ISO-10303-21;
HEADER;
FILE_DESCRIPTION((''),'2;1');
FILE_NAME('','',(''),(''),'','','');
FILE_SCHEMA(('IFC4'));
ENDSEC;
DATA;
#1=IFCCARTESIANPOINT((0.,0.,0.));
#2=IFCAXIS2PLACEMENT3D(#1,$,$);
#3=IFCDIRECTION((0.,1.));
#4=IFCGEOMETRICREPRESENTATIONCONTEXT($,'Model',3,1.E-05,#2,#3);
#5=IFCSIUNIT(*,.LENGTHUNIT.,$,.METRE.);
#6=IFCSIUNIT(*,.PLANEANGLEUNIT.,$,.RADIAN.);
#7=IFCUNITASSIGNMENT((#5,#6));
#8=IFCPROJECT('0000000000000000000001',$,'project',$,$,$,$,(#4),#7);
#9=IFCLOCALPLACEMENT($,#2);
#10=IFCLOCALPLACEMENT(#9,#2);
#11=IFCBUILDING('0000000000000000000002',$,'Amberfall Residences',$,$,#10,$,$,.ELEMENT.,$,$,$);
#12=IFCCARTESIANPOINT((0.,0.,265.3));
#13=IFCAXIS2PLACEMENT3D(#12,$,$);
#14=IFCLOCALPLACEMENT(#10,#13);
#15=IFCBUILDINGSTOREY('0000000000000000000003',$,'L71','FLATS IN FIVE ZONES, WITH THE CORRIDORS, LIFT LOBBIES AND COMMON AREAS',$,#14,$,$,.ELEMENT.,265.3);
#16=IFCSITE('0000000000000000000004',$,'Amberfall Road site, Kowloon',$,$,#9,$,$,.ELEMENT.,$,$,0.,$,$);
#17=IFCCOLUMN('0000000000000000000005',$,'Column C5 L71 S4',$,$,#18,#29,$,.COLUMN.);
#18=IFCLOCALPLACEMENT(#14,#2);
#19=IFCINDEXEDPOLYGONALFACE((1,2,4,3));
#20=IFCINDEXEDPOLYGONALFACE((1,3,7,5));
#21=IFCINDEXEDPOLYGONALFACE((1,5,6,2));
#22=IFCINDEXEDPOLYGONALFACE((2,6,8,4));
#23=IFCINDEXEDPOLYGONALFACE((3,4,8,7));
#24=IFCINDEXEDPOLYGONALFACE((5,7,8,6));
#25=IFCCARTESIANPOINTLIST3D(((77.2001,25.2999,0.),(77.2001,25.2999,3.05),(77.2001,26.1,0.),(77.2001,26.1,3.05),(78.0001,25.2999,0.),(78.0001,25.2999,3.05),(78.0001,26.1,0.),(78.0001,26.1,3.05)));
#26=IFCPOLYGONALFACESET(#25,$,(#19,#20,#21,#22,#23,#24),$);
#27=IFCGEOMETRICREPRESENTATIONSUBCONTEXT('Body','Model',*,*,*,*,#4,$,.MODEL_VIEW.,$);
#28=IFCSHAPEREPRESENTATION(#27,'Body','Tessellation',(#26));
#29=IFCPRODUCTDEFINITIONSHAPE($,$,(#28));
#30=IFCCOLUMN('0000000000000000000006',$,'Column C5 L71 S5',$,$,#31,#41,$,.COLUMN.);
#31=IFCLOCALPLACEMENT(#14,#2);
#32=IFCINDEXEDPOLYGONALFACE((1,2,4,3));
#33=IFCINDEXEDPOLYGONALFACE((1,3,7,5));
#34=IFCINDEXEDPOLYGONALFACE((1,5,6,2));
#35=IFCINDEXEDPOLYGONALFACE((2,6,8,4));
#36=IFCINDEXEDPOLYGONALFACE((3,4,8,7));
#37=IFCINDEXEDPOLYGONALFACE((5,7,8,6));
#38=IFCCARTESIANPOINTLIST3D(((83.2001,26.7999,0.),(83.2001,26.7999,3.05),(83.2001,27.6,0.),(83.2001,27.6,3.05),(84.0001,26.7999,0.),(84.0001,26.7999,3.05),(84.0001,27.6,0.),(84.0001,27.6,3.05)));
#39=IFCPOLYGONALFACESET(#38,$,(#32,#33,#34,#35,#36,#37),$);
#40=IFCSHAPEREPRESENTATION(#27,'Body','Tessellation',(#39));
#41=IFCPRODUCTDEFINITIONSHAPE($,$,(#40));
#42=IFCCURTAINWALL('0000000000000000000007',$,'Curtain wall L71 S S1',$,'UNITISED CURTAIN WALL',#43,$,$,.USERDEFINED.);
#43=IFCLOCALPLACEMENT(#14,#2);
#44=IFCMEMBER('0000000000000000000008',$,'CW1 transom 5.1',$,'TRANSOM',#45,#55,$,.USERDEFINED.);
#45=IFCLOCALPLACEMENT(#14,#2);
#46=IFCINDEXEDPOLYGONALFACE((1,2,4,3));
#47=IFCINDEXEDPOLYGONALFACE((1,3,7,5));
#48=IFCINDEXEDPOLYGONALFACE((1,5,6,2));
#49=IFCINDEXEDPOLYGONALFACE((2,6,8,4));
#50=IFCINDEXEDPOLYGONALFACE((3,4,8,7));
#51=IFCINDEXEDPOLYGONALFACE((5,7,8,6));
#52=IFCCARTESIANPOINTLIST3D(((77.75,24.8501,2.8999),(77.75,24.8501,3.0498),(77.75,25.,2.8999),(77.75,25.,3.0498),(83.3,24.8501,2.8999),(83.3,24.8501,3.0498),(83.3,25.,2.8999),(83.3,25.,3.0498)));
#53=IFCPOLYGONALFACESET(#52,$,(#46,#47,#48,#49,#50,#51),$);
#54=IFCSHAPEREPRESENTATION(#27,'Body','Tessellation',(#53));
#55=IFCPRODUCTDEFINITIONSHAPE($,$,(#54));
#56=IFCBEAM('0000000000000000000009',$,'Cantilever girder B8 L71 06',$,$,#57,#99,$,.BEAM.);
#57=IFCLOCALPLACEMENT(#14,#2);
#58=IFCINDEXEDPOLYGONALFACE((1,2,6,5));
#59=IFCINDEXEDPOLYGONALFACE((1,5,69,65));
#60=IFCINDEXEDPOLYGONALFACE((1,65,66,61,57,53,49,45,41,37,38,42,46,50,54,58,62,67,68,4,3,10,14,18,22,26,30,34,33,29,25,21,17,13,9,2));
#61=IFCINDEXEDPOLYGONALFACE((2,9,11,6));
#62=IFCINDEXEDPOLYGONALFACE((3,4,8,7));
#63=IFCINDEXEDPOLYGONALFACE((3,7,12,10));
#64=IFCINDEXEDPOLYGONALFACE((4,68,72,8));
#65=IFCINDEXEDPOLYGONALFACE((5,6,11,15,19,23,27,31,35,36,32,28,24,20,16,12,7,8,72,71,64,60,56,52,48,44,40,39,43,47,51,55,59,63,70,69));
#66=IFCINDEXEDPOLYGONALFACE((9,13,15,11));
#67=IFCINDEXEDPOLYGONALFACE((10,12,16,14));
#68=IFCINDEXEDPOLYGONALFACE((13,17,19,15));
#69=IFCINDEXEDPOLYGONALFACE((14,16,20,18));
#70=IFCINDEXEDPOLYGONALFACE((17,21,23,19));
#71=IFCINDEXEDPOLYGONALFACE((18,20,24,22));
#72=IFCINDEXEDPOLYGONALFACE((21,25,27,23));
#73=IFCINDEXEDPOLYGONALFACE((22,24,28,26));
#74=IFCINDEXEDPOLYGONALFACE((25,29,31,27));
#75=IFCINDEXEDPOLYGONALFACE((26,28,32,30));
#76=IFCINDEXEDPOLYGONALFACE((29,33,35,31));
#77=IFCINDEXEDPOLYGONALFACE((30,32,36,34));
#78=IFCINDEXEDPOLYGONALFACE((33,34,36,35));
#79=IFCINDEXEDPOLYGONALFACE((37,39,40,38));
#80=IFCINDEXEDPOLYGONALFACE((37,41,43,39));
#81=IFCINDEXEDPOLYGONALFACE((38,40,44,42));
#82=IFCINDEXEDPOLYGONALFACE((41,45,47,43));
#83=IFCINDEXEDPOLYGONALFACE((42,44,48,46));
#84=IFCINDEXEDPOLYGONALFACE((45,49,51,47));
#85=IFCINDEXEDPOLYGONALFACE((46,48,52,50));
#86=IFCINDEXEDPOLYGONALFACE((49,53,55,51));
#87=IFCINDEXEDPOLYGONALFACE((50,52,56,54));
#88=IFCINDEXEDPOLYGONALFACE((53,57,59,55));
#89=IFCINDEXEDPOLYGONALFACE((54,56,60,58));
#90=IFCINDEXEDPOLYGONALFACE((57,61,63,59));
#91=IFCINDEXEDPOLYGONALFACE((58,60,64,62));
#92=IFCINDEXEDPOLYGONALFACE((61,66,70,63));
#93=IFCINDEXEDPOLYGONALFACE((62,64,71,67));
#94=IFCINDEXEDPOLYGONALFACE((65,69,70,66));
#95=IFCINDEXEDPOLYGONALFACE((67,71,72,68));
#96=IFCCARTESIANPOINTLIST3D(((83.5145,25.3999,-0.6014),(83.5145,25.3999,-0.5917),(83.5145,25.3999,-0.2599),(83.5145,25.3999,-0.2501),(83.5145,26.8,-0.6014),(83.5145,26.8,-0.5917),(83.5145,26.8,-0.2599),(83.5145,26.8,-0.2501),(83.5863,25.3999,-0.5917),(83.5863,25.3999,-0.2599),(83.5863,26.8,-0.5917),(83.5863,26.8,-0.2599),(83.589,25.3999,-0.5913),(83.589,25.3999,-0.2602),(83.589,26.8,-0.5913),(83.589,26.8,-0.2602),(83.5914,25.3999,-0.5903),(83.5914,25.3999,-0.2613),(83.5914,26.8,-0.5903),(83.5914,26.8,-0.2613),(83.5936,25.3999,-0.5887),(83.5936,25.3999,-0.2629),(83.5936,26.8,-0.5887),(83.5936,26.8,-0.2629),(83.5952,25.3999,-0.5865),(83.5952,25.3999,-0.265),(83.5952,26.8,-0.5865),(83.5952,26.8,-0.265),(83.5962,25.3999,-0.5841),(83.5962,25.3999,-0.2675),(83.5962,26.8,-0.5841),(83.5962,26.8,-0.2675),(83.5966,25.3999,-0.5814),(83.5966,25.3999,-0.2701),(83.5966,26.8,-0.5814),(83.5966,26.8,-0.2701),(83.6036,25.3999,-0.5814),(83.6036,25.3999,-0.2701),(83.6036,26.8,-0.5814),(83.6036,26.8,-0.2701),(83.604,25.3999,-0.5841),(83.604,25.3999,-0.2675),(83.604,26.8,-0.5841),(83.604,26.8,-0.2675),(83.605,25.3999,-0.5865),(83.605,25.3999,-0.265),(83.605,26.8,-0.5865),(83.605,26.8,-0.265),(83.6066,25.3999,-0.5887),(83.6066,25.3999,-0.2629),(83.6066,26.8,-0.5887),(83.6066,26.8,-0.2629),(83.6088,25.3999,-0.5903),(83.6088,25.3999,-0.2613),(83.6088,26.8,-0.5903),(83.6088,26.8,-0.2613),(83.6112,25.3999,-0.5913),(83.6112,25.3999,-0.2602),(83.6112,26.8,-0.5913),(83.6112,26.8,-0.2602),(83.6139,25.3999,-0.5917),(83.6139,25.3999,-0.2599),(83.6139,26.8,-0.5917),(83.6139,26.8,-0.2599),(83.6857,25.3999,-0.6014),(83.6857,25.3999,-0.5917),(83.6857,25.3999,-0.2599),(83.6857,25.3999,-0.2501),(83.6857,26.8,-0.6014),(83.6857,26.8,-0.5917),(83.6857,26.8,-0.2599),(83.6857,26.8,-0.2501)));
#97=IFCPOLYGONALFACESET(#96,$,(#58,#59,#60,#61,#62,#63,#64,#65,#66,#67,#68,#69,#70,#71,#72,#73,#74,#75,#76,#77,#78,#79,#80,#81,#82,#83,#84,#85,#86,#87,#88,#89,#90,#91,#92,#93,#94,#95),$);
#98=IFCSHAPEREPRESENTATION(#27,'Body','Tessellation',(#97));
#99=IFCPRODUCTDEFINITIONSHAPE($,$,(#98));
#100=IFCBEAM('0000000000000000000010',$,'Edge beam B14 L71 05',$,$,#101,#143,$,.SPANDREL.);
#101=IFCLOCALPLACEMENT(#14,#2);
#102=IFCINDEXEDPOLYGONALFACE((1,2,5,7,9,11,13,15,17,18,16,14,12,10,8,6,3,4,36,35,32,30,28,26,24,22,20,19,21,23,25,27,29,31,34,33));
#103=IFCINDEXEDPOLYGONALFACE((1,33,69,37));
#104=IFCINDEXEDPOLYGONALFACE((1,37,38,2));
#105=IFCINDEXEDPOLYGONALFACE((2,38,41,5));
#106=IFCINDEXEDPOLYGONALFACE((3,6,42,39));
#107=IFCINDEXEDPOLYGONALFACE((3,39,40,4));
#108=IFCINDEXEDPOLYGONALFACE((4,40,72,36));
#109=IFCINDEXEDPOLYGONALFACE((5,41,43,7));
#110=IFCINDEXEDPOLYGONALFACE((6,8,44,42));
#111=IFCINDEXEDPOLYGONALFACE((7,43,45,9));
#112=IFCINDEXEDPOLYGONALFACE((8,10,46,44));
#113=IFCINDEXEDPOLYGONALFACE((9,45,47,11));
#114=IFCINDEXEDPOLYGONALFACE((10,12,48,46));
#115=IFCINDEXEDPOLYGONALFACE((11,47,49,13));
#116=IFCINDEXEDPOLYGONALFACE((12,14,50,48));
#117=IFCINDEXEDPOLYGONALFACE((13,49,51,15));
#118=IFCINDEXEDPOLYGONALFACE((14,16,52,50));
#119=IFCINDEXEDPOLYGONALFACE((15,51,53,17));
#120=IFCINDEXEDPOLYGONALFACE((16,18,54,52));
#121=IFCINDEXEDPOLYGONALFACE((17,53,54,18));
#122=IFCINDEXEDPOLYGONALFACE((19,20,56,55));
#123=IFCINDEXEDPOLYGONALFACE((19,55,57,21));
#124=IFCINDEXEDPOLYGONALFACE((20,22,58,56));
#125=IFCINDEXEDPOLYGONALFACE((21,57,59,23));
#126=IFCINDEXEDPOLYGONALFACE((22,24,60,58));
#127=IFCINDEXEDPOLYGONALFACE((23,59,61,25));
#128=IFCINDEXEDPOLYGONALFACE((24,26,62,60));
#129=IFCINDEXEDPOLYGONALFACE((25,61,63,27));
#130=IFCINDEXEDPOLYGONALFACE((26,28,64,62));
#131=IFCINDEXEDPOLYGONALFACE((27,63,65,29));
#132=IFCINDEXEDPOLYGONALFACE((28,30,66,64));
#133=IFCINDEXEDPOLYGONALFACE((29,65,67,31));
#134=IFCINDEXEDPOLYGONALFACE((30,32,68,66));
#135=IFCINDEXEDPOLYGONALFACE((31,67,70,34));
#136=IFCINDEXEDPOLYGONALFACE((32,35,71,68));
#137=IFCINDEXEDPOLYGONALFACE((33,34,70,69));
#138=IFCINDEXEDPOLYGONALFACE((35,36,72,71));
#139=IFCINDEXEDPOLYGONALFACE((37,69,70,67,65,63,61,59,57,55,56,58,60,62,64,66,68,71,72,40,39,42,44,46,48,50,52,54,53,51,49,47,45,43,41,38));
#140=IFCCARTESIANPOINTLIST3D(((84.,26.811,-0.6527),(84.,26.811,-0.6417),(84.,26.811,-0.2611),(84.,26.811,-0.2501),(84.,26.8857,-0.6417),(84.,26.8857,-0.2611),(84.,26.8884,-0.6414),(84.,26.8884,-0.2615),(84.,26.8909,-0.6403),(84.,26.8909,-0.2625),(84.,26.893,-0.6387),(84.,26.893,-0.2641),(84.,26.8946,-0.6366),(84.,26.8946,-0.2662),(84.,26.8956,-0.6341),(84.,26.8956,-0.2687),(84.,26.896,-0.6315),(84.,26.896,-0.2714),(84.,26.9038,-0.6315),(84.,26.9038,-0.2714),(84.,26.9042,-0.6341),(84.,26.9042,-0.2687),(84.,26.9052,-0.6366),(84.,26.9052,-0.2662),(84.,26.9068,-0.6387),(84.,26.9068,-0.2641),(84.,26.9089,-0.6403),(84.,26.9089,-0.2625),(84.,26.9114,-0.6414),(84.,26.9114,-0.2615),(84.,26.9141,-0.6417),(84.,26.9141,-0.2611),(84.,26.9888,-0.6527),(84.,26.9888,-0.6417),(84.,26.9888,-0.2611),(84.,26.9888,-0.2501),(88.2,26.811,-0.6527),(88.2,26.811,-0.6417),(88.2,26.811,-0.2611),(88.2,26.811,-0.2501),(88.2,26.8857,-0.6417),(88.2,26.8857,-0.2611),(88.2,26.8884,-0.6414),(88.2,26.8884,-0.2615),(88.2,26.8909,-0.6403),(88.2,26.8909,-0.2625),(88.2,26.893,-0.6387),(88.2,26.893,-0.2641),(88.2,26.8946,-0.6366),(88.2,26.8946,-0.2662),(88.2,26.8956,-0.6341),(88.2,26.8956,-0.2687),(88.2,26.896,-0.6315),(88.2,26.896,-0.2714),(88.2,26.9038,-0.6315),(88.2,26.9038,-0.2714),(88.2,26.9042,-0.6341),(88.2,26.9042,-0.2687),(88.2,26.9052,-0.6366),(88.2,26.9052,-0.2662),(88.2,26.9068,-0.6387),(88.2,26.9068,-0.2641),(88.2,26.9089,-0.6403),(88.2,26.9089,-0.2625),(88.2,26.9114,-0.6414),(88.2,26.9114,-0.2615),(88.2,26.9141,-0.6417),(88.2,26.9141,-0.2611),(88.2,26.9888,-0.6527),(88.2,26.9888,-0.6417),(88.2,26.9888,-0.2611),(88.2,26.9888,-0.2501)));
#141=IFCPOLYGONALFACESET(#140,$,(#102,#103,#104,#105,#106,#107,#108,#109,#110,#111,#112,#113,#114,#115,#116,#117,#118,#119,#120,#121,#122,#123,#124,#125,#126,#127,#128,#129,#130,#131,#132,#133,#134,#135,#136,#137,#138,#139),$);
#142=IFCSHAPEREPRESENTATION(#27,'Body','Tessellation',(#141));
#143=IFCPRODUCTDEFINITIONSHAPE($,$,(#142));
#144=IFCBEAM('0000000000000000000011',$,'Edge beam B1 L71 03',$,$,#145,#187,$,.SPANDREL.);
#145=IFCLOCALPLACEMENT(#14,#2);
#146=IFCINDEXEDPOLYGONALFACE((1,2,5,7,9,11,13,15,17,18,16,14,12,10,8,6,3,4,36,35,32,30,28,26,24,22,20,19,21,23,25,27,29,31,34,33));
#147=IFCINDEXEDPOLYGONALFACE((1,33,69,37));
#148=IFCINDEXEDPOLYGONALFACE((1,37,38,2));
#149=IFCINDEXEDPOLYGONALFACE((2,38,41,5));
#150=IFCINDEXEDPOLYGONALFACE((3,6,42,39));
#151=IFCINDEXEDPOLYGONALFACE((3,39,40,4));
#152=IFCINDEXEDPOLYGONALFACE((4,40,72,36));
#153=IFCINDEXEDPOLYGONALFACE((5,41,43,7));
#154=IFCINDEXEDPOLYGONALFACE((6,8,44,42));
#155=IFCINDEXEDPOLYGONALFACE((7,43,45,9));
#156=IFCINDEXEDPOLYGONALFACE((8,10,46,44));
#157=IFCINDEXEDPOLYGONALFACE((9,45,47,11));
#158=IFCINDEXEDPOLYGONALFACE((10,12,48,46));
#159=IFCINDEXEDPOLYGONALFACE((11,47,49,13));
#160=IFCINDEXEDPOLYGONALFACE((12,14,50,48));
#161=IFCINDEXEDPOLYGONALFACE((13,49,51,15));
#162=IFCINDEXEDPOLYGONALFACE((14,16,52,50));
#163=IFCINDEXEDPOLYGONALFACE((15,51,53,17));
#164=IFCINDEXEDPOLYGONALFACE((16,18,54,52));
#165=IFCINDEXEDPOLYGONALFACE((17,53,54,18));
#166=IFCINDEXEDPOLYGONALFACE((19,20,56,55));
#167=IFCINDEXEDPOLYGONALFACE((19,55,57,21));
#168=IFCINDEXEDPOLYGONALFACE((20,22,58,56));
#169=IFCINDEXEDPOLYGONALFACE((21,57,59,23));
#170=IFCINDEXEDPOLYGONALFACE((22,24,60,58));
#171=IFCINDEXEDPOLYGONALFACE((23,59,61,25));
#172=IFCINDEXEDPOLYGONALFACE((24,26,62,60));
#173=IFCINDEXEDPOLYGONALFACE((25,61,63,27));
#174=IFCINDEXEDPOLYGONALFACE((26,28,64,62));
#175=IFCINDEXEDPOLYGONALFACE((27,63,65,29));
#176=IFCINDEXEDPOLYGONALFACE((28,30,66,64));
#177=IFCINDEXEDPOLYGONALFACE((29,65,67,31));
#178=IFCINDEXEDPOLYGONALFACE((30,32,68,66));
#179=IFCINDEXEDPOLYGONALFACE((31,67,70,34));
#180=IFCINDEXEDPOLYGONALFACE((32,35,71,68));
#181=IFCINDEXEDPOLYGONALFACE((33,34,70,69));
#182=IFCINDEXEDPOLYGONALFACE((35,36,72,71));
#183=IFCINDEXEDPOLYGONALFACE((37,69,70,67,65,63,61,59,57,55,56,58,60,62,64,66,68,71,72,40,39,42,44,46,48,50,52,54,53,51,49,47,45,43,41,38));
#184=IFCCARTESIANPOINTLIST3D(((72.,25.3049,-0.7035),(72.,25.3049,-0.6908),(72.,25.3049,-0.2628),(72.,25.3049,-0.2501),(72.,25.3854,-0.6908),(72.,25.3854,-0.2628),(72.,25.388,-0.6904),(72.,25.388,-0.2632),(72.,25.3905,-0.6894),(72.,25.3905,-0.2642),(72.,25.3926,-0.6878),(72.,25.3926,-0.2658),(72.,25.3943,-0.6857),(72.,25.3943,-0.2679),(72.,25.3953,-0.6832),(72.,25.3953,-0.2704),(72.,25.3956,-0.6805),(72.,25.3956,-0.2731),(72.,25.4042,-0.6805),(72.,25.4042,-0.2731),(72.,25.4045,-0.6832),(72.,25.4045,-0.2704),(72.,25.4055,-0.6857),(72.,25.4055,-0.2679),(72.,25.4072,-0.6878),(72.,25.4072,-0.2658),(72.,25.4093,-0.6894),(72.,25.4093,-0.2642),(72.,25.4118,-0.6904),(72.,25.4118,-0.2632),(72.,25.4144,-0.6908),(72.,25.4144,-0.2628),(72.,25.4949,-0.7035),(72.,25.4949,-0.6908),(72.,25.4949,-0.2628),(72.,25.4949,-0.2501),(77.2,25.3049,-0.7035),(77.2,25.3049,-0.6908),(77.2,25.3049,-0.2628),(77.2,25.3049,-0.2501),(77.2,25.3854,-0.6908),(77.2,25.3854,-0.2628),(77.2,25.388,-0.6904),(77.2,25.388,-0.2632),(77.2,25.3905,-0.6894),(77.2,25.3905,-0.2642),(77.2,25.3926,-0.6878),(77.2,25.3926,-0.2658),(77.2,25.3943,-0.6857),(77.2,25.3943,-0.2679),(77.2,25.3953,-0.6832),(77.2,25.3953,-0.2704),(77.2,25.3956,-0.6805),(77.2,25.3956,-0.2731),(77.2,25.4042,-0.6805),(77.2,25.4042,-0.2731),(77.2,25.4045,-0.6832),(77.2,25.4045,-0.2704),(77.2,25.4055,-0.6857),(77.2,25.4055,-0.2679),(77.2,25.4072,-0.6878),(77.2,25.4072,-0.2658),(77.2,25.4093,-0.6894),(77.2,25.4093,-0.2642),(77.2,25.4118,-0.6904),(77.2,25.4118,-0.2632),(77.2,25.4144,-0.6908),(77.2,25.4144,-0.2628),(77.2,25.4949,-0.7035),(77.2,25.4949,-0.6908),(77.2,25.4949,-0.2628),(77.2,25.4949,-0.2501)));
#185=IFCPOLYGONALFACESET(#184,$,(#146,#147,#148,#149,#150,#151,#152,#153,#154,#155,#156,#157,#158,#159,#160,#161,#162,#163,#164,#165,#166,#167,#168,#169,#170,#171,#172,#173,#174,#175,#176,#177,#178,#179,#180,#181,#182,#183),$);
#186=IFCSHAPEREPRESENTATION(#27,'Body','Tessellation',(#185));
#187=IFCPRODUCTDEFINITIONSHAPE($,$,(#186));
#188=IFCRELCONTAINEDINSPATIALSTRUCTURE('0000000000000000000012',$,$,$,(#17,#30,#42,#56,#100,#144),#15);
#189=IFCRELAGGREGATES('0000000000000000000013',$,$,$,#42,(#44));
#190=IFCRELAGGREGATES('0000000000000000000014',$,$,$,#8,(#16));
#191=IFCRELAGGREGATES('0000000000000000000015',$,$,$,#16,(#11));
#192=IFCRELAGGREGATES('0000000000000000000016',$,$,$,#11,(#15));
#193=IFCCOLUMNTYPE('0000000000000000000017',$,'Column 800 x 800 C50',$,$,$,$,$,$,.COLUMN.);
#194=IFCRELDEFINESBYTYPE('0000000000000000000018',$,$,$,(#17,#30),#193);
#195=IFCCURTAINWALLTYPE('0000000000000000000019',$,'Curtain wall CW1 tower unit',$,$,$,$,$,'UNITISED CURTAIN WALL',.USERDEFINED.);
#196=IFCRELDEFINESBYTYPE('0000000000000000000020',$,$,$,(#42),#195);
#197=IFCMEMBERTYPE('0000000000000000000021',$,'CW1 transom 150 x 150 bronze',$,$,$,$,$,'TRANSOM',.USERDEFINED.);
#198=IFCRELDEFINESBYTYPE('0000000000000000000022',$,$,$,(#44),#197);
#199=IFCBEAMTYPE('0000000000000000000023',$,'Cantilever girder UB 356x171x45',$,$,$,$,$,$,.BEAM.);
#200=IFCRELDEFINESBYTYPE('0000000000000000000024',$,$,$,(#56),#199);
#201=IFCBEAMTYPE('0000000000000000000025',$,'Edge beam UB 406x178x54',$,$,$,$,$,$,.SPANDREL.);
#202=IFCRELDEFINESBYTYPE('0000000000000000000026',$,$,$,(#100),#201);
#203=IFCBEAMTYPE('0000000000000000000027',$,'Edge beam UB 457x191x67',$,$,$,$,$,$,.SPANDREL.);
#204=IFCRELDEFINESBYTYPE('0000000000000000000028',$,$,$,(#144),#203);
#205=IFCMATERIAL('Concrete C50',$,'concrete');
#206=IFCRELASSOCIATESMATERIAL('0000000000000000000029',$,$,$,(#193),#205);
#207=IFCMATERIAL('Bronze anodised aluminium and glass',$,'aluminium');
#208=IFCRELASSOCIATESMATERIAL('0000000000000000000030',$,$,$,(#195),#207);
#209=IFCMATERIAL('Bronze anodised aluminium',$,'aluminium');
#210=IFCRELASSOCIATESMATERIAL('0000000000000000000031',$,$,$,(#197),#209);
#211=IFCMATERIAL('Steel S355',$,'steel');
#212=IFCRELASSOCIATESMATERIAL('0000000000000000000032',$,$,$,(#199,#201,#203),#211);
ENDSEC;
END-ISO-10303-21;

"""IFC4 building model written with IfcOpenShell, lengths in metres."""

from ifc_helpers import new_model, si_unit, direction, frame, origin, origin_2d, place, context, subcontext, project, spatial, rectangle, i_section, extrude, material, material_profile, profile_set, type_object, element, aggregate, save


model = new_model("IFC4")

# Units and contexts
model_context = context("Model", 3, precision=1e-05, world=origin(), true_north=direction((0.0, 1.0)))
body_context = subcontext(model_context, "Body", "Model", "MODEL_VIEW")
ifc_project = project(units=[si_unit("LENGTHUNIT", "METRE"), si_unit("PLANEANGLEUNIT", "RADIAN")], contexts=[model_context])

# Site, building, storey
site_placement = place(None, origin())
site = spatial("IfcSite", under=ifc_project, at=site_placement, Name="Amberfall Road site, Kowloon", CompositionType="ELEMENT", RefElevation=0.0)
building_placement = place(site_placement, origin())
building = spatial("IfcBuilding", under=site, at=building_placement, Name="Amberfall Residences", CompositionType="ELEMENT")
storey_placement = place(building_placement, frame((0.0, 0.0, 265.3)))
storey = spatial("IfcBuildingStorey", under=building, at=storey_placement, Name="L71", Description="FLATS IN FIVE ZONES, WITH THE CORRIDORS, LIFT LOBBIES AND COMMON AREAS", CompositionType="ELEMENT", Elevation=265.3)

# Columns
ifc_material_1 = material(Name="Concrete C50", Category="concrete")
ifc_material_profile_1 = material_profile(ifc_material_1, rectangle(XDim=0.8, YDim=0.8, at=origin_2d()), Name="Column 800 x 800 C50")
ifc_profile_set_1 = profile_set([ifc_material_profile_1], Name="Concrete C50")
column_type = type_object("IfcColumnType", Name="Column 800 x 800 C50", PredefinedType="COLUMN", material=ifc_profile_set_1)
for number, where, z_axis, x_axis, name in (
    (1, (77.6001, 25.7, 0.0), (0.0, 0.0, 1.0), (1.0, 0.0, 0.0), "Column C5 L71 S4"),
    (2, (83.6001, 27.2, 0.0), (0.0, 0.0, 1.0), (1.0, 0.0, 0.0), "Column C5 L71 S5"),
):
    element("IfcColumn", number, at=place(storey_placement, frame(where, z_axis=z_axis, x_axis=x_axis)), inside=storey, type_object=column_type, Name=name, PredefinedType="COLUMN", context=body_context, shape_type="SweptSolid", body=[
        extrude(rectangle(XDim=0.8, YDim=0.8, at=origin_2d()), origin(), (0.0, 0.0, 1.0), 3.05),
    ])

# Curtain wall, member
ifc_material_2 = material(Name="Bronze anodised aluminium and glass", Category="aluminium")
curtain_wall_type = type_object("IfcCurtainWallType", Name="Curtain wall CW1 tower unit", ElementType="UNITISED CURTAIN WALL", PredefinedType="USERDEFINED", material=ifc_material_2)
curtain_wall_placement = place(storey_placement, origin())
curtain_wall = element("IfcCurtainWall", 3, at=curtain_wall_placement, inside=storey, type_object=curtain_wall_type, Name="Curtain wall L71 S S1", ObjectType="UNITISED CURTAIN WALL", PredefinedType="USERDEFINED")
ifc_material_3 = material(Name="Bronze anodised aluminium", Category="aluminium")
ifc_material_profile_2 = material_profile(ifc_material_3, rectangle(XDim=0.1499, YDim=0.1499, at=origin_2d()), Name="CW1 transom 150 x 150 bronze")
ifc_profile_set_2 = profile_set([ifc_material_profile_2], Name="Bronze anodised aluminium")
member_type_1 = type_object("IfcMemberType", Name="CW1 transom 150 x 150 bronze", ElementType="TRANSOM", PredefinedType="USERDEFINED", material=ifc_profile_set_2)
member_1_placement = place(storey_placement, frame((77.75, 24.925, 2.9749), z_axis=(1.0, 0.0, 0.0), x_axis=(0.0, 1.0, 0.0)))
member_1 = element("IfcMember", 4, at=member_1_placement, type_object=member_type_1, Name="CW1 transom 5.1", ObjectType="TRANSOM", PredefinedType="USERDEFINED", context=body_context, shape_type="SweptSolid", body=[
    extrude(rectangle(XDim=0.1499, YDim=0.1499, at=origin_2d()), origin(), (0.0, 0.0, 1.0), 5.55),
])

# Beams
ifc_material_4 = material(Name="Steel S355", Category="steel")
ifc_material_profile_3 = material_profile(ifc_material_4, i_section(OverallWidth=0.1711, OverallDepth=0.3513, WebThickness=0.0071, FlangeThickness=0.0098, FilletRadius=0.0103, at=origin_2d()), Name="UB 356x171x45")
ifc_profile_set_3 = profile_set([ifc_material_profile_3], Name="Steel S355")
beam_type_1 = type_object("IfcBeamType", Name="Cantilever girder UB 356x171x45", PredefinedType="BEAM", material=ifc_profile_set_3)
beam_1_placement = place(storey_placement, frame((83.6001, 26.8, -0.4258), z_axis=(0.0, -1.0, 0.0), x_axis=(1.0, 0.0, 0.0)))
element("IfcBeam", 5, at=beam_1_placement, inside=storey, type_object=beam_type_1, Name="Cantilever girder B8 L71 06", PredefinedType="BEAM", context=body_context, shape_type="SweptSolid", body=[
    extrude(i_section(OverallWidth=0.1711, OverallDepth=0.3513, WebThickness=0.0071, FlangeThickness=0.0098, FilletRadius=0.0103, at=origin_2d()), origin(), (0.0, 0.0, 1.0), 1.4001),
])
ifc_material_profile_4 = material_profile(ifc_material_4, i_section(OverallWidth=0.1777, OverallDepth=0.4026, WebThickness=0.0078, FlangeThickness=0.011, FilletRadius=0.0103, at=origin_2d()), Name="UB 406x178x54")
ifc_profile_set_4 = profile_set([ifc_material_profile_4], Name="Steel S355")
beam_type_2 = type_object("IfcBeamType", Name="Edge beam UB 406x178x54", PredefinedType="SPANDREL", material=ifc_profile_set_4)
beam_2_placement = place(storey_placement, frame((84.0, 26.8999, -0.4514), z_axis=(1.0, 0.0, 0.0), x_axis=(0.0, 1.0, 0.0)))
element("IfcBeam", 6, at=beam_2_placement, inside=storey, type_object=beam_type_2, Name="Edge beam B14 L71 05", PredefinedType="SPANDREL", context=body_context, shape_type="SweptSolid", body=[
    extrude(i_section(OverallWidth=0.1777, OverallDepth=0.4026, WebThickness=0.0078, FlangeThickness=0.011, FilletRadius=0.0103, at=origin_2d()), origin(), (0.0, 0.0, 1.0), 4.2),
])
ifc_material_profile_5 = material_profile(ifc_material_4, i_section(OverallWidth=0.1899, OverallDepth=0.4534, WebThickness=0.0085, FlangeThickness=0.0127, FilletRadius=0.0103, at=origin_2d()), Name="UB 457x191x67")
ifc_profile_set_5 = profile_set([ifc_material_profile_5], Name="Steel S355")
beam_type_3 = type_object("IfcBeamType", Name="Edge beam UB 457x191x67", PredefinedType="SPANDREL", material=ifc_profile_set_5)
beam_3_placement = place(storey_placement, frame((72.0, 25.3999, -0.4768), z_axis=(1.0, 0.0, 0.0), x_axis=(0.0, 1.0, 0.0)))
element("IfcBeam", 7, at=beam_3_placement, inside=storey, type_object=beam_type_3, Name="Edge beam B1 L71 03", PredefinedType="SPANDREL", context=body_context, shape_type="SweptSolid", body=[
    extrude(i_section(OverallWidth=0.1899, OverallDepth=0.4534, WebThickness=0.0085, FlangeThickness=0.0127, FilletRadius=0.0103, at=origin_2d()), origin(), (0.0, 0.0, 1.0), 5.2),
])

aggregate(curtain_wall, [member_1])

save(model, "model.ifc")
